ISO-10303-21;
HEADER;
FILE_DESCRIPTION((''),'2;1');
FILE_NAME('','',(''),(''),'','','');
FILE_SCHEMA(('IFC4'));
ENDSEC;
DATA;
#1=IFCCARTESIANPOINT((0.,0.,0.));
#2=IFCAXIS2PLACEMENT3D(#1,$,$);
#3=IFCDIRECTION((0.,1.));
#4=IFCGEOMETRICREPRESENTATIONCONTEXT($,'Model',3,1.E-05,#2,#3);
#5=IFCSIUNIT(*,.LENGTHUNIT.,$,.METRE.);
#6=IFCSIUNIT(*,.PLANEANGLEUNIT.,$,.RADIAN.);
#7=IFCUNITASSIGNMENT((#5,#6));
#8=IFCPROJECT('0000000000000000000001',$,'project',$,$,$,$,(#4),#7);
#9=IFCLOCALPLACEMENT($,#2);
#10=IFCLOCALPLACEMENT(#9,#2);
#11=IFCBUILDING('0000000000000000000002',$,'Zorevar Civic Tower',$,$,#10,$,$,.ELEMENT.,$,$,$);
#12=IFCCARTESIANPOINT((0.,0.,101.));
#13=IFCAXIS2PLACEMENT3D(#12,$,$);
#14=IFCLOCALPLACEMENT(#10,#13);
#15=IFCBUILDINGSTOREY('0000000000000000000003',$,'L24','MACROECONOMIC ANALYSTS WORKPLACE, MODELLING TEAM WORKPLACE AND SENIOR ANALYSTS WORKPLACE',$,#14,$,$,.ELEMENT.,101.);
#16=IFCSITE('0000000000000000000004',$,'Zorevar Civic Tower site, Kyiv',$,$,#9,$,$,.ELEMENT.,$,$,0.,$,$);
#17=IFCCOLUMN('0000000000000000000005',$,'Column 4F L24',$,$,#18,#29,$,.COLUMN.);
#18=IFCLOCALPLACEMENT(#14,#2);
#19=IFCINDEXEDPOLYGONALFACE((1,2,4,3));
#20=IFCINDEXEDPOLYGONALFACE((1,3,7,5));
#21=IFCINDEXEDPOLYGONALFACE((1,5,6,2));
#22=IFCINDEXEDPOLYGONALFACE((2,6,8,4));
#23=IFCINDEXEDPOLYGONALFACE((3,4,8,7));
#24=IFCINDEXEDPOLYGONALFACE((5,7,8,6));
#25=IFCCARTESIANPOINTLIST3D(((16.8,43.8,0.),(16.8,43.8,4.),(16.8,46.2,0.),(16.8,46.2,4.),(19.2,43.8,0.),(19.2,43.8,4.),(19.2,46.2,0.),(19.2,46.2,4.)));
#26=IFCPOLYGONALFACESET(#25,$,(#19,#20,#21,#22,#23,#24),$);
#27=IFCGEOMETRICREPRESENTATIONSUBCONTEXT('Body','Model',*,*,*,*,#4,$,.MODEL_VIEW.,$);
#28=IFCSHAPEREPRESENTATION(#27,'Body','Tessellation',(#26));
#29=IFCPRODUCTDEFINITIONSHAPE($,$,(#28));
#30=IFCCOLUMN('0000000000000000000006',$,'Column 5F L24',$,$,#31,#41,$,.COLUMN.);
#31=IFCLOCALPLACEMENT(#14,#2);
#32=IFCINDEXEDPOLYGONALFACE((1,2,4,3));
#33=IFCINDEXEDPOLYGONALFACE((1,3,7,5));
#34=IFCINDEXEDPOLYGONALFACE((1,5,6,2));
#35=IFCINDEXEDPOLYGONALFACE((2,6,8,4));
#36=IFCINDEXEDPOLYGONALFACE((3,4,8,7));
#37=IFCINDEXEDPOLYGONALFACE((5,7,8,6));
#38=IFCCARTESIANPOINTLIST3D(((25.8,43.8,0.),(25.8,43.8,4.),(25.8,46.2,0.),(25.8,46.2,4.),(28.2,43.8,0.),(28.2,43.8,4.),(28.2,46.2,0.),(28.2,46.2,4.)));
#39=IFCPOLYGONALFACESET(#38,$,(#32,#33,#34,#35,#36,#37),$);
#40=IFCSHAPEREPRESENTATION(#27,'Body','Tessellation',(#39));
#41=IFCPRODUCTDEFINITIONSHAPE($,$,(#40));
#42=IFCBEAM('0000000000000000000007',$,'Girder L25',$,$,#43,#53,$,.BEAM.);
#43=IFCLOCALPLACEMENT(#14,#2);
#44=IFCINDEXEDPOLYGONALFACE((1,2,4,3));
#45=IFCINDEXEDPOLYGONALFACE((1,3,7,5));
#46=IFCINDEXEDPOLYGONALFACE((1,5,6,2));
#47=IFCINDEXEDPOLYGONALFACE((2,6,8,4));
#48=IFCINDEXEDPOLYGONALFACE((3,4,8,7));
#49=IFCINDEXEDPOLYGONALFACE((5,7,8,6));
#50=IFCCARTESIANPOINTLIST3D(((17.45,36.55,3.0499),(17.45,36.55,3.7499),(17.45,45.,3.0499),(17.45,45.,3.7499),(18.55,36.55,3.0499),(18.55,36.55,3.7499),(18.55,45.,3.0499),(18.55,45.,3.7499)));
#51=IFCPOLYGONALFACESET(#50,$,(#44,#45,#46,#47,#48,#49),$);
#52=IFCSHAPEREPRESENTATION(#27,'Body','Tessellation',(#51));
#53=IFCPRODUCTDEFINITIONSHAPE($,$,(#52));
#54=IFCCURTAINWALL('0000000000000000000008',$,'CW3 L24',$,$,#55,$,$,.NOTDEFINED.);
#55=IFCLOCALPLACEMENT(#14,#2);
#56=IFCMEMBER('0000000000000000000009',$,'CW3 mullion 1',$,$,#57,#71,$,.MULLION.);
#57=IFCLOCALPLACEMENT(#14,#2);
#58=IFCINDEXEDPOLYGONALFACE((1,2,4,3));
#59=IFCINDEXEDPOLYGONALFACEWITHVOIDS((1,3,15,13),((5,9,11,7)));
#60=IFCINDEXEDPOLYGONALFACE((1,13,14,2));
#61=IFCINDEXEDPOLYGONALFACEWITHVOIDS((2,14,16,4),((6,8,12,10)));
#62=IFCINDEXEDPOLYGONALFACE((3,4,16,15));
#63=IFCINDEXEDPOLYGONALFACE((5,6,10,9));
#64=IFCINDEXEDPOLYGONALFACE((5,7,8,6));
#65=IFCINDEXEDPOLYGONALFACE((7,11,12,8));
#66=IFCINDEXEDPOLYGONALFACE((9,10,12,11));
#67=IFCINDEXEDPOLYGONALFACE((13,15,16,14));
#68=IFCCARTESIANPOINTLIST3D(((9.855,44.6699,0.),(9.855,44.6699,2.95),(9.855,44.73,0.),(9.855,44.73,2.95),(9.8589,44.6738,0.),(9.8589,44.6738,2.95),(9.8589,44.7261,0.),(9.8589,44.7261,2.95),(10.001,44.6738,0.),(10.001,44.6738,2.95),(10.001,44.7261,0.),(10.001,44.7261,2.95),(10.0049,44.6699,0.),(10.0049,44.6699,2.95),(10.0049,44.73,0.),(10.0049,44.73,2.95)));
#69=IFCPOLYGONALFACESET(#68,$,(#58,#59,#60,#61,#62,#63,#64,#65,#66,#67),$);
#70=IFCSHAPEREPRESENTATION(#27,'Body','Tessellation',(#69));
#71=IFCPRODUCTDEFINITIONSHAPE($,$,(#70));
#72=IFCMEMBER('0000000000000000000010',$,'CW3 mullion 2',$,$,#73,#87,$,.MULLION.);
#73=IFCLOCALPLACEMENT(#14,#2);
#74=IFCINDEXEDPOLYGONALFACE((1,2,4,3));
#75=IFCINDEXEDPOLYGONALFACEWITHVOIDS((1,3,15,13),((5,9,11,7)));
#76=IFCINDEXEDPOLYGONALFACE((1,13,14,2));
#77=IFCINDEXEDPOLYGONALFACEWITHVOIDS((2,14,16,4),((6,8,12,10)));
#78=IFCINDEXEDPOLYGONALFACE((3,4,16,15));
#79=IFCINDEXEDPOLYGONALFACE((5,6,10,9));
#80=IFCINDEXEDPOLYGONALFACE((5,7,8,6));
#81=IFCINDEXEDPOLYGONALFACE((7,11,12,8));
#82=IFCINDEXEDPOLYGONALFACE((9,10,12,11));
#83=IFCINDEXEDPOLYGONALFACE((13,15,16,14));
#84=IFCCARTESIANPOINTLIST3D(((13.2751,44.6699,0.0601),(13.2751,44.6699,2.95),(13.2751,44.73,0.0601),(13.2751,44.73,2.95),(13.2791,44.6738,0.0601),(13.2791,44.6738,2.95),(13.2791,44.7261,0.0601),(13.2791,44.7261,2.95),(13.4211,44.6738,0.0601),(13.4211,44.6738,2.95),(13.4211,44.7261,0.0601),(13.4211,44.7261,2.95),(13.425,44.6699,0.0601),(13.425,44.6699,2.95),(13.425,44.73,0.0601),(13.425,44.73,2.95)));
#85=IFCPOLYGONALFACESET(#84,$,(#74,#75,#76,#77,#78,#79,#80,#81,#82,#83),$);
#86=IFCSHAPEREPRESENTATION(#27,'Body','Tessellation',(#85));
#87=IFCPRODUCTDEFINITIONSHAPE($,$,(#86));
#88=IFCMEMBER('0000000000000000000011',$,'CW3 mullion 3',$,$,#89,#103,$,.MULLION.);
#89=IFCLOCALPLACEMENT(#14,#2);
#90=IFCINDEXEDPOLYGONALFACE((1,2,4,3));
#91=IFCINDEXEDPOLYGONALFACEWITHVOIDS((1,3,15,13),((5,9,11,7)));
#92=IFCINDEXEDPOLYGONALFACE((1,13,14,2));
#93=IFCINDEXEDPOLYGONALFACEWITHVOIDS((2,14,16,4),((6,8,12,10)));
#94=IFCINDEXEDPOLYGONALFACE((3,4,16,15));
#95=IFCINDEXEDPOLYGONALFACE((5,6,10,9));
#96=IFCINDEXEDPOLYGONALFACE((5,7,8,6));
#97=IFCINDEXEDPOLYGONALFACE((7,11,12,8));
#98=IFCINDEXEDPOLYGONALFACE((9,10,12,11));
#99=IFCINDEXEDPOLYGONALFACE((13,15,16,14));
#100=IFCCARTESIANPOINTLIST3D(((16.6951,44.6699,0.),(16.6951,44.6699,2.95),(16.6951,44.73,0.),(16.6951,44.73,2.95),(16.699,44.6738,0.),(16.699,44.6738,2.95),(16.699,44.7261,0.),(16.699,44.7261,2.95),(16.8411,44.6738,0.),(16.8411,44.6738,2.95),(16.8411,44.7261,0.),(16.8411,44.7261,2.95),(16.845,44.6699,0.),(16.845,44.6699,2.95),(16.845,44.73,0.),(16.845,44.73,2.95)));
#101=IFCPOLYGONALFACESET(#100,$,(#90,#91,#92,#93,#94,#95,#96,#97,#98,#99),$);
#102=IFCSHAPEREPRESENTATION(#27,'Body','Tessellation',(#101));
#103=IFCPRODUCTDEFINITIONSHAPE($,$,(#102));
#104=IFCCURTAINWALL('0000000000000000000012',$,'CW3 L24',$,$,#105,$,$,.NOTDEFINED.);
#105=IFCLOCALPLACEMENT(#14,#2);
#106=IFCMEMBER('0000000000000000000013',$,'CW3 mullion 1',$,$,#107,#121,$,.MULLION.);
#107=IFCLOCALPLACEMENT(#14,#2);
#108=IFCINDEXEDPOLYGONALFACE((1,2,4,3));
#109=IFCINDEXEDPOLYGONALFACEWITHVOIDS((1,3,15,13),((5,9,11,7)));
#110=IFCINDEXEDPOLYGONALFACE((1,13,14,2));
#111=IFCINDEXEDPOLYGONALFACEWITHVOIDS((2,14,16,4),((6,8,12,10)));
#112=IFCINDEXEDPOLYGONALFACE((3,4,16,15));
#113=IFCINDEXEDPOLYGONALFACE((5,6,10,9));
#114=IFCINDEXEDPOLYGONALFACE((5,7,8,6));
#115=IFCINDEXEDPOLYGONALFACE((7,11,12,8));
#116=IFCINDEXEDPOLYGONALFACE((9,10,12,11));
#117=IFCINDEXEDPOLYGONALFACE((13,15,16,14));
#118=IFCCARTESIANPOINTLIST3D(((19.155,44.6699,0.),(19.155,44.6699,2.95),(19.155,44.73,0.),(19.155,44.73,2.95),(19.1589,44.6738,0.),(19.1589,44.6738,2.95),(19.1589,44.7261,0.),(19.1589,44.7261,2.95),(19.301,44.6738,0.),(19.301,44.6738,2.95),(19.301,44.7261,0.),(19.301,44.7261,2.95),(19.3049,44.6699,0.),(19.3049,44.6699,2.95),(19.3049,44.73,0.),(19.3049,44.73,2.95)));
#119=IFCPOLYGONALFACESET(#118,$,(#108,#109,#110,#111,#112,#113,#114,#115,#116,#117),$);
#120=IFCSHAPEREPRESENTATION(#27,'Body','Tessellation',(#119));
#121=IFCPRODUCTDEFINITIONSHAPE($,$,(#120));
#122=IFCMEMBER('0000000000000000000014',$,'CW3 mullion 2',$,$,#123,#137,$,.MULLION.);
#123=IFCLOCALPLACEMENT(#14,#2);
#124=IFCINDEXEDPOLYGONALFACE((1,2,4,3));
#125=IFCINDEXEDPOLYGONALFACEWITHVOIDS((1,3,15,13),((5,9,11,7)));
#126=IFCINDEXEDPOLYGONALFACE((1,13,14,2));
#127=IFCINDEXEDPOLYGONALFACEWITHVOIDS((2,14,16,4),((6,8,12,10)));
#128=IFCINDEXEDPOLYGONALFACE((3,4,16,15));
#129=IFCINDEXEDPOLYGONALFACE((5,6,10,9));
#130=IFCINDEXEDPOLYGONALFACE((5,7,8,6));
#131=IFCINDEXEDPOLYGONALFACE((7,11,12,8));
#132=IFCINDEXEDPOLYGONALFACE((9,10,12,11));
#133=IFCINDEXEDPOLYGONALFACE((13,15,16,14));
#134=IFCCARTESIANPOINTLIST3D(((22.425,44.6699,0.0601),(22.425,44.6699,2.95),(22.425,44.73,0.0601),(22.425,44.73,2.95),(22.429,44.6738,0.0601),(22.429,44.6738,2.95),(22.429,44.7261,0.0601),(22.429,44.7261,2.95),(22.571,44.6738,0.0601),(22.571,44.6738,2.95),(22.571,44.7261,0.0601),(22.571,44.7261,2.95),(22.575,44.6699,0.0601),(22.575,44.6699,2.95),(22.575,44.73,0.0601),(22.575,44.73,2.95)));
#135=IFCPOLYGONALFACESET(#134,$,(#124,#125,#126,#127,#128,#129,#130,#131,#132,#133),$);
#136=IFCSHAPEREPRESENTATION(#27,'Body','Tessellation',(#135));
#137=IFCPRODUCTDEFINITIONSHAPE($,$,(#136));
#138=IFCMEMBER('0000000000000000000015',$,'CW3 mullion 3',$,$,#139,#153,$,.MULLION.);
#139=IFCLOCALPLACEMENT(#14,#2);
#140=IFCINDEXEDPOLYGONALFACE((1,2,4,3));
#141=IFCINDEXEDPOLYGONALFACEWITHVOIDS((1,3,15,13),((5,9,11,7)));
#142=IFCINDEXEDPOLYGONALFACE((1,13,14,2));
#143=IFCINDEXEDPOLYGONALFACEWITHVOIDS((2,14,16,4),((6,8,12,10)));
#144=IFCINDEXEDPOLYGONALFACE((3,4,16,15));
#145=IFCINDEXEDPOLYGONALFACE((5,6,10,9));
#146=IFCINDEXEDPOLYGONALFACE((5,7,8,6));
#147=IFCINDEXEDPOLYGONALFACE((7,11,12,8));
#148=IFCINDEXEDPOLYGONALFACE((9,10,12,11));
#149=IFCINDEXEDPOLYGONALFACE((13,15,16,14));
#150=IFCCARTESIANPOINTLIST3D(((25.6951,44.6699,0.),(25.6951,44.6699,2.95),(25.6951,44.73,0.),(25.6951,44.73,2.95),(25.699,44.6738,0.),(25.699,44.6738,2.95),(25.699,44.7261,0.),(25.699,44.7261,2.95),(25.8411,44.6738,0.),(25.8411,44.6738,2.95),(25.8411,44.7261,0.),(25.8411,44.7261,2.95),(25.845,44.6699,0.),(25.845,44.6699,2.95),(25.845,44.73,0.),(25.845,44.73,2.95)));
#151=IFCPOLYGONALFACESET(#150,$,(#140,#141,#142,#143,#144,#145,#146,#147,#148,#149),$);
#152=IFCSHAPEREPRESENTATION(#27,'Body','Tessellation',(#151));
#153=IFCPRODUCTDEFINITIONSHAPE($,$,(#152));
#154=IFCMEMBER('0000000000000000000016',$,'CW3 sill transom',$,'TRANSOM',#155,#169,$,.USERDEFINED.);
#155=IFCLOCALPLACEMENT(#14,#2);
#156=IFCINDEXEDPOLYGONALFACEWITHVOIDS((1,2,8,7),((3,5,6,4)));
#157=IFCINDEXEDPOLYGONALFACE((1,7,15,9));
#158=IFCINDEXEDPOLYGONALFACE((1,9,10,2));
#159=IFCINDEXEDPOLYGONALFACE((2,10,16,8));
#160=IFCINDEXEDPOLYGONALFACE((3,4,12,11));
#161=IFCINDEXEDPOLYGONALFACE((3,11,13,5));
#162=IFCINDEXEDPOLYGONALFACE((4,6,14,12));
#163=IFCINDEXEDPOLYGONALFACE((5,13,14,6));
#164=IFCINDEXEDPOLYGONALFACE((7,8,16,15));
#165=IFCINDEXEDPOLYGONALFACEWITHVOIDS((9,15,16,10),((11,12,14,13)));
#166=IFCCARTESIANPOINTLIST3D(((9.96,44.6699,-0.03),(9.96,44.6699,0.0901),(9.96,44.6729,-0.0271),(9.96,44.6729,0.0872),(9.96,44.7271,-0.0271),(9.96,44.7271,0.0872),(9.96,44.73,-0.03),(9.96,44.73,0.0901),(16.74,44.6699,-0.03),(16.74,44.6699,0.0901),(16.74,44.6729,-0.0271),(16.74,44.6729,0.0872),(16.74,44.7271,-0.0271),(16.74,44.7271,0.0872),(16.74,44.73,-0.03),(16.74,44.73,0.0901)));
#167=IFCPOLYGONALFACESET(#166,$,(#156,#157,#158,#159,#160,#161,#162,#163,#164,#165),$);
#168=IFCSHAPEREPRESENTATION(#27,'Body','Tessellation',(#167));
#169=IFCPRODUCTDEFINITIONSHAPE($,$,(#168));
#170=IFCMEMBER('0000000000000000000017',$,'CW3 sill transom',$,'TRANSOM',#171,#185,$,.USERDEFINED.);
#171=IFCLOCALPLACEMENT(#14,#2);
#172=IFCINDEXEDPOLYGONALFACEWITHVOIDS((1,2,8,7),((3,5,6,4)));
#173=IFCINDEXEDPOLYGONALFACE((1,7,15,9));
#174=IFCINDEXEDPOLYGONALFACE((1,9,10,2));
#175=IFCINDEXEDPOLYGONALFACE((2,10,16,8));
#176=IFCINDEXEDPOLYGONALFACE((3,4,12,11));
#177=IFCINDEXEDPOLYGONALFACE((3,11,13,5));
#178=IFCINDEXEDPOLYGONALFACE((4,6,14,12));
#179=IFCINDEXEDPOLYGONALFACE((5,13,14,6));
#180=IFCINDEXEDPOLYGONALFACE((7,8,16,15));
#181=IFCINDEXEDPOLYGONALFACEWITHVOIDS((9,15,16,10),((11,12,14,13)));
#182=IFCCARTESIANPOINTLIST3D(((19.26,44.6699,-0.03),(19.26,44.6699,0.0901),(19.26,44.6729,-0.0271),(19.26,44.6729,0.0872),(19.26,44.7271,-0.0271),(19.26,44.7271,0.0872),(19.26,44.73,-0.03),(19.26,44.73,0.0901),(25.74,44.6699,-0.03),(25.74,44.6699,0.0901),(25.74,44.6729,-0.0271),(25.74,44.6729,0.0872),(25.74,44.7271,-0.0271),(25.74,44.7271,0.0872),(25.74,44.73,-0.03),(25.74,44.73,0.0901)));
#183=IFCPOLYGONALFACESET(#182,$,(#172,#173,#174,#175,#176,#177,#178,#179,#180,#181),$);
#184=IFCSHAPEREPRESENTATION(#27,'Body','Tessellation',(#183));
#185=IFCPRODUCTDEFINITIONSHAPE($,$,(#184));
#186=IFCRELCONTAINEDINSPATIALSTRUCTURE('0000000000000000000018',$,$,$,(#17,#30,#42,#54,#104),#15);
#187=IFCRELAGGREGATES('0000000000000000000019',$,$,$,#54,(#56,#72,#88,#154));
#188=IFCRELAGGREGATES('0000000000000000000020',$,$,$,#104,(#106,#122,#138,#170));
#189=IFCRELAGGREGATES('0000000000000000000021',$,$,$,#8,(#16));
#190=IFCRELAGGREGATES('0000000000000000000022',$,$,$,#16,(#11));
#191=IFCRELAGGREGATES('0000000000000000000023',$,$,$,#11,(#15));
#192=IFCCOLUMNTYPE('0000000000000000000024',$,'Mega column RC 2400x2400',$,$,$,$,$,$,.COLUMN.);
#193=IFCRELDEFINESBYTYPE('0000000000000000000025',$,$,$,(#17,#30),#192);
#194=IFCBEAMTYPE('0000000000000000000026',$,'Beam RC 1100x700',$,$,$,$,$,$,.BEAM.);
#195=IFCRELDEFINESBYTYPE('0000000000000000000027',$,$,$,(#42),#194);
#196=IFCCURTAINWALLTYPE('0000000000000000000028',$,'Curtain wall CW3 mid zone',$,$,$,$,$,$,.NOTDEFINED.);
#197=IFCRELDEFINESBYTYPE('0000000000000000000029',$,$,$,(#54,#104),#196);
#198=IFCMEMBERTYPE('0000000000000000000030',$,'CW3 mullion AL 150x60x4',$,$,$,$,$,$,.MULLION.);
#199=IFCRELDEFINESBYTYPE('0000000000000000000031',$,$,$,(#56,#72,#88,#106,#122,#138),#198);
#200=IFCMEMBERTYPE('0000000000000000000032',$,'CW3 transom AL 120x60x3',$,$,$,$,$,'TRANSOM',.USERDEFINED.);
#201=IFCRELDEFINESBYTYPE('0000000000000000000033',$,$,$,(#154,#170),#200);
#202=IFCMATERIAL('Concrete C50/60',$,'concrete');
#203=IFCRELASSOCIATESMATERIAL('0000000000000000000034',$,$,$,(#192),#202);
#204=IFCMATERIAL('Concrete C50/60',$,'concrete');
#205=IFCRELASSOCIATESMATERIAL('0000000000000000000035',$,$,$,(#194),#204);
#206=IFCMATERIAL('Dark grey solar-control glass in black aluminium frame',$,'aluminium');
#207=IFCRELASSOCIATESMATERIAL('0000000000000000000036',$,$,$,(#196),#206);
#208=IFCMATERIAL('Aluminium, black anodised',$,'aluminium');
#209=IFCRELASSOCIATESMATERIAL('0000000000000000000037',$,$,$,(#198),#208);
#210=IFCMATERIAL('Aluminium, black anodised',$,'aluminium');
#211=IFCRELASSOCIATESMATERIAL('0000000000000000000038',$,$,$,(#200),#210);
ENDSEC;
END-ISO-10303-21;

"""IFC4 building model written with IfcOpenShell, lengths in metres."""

from ifc_helpers import new_model, si_unit, direction, frame, origin, origin_2d, place, context, subcontext, project, spatial, rectangle, hollow_rectangle, extrude, material, material_profile, profile_set, type_object, element, aggregate, save


model = new_model("IFC4")

# Units and contexts
model_context = context("Model", 3, precision=1e-05, world=origin(), true_north=direction((0.0, 1.0)))
body_context = subcontext(model_context, "Body", "Model", "MODEL_VIEW")
ifc_project = project(units=[si_unit("LENGTHUNIT", "METRE"), si_unit("PLANEANGLEUNIT", "RADIAN")], contexts=[model_context])

# Site, building, storey
site_placement = place(None, origin())
site = spatial("IfcSite", under=ifc_project, at=site_placement, Name="Zorevar Civic Tower site, Kyiv", CompositionType="ELEMENT", RefElevation=0.0)
building_placement = place(site_placement, origin())
building = spatial("IfcBuilding", under=site, at=building_placement, Name="Zorevar Civic Tower", CompositionType="ELEMENT")
storey_placement = place(building_placement, frame((0.0, 0.0, 101.0)))
storey = spatial("IfcBuildingStorey", under=building, at=storey_placement, Name="L24", Description="MACROECONOMIC ANALYSTS WORKPLACE, MODELLING TEAM WORKPLACE AND SENIOR ANALYSTS WORKPLACE", CompositionType="ELEMENT", Elevation=101.0)

# Columns
ifc_material_1 = material(Name="Concrete C50/60", Category="concrete")
ifc_material_profile_1 = material_profile(ifc_material_1, rectangle(XDim=2.3999, YDim=2.3999, at=origin_2d()), Name="RC 2400x2400")
ifc_profile_set_1 = profile_set([ifc_material_profile_1], Name="Concrete C50/60")
column_type = type_object("IfcColumnType", Name="Mega column RC 2400x2400", PredefinedType="COLUMN", material=ifc_profile_set_1)
for number, where, z_axis, x_axis, name in (
    (1, (18.0, 45.0, 0.0), (0.0, 0.0, 1.0), (1.0, 0.0, 0.0), "Column 4F L24"),
    (2, (27.0, 45.0, 0.0), (0.0, 0.0, 1.0), (1.0, 0.0, 0.0), "Column 5F L24"),
):
    element("IfcColumn", number, at=place(storey_placement, frame(where, z_axis=z_axis, x_axis=x_axis)), inside=storey, type_object=column_type, Name=name, PredefinedType="COLUMN", context=body_context, shape_type="SweptSolid", body=[
        extrude(rectangle(XDim=2.3999, YDim=2.3999, at=origin_2d()), origin(), (0.0, 0.0, 1.0), 4.0),
    ])

# Beam
ifc_material_2 = material(Name="Concrete C50/60", Category="concrete")
ifc_material_profile_2 = material_profile(ifc_material_2, rectangle(XDim=1.1001, YDim=0.7, at=origin_2d()), Name="RC 1100x700")
ifc_profile_set_2 = profile_set([ifc_material_profile_2], Name="Concrete C50/60")
beam_type_1 = type_object("IfcBeamType", Name="Beam RC 1100x700", PredefinedType="BEAM", material=ifc_profile_set_2)
beam_1_placement = place(storey_placement, frame((18.0, 36.55, 3.3999), z_axis=(0.0, 1.0, 0.0), x_axis=(-1.0, 0.0, 0.0)))
element("IfcBeam", 3, at=beam_1_placement, inside=storey, type_object=beam_type_1, Name="Girder L25", PredefinedType="BEAM", context=body_context, shape_type="SweptSolid", body=[
    extrude(rectangle(XDim=1.1001, YDim=0.7, at=origin_2d()), origin(), (0.0, 0.0, 1.0), 8.45),
])

# Curtain walls, members
ifc_material_3 = material(Name="Dark grey solar-control glass in black aluminium frame", Category="aluminium")
curtain_wall_type = type_object("IfcCurtainWallType", Name="Curtain wall CW3 mid zone", PredefinedType="NOTDEFINED", material=ifc_material_3)
curtain_wall_1_placement = place(storey_placement, origin())
curtain_wall_1 = element("IfcCurtainWall", 4, at=curtain_wall_1_placement, inside=storey, type_object=curtain_wall_type, Name="CW3 L24", PredefinedType="NOTDEFINED")
ifc_material_4 = material(Name="Aluminium, black anodised", Category="aluminium")
ifc_material_profile_3 = material_profile(ifc_material_4, hollow_rectangle(XDim=0.0601, YDim=0.1499, WallThickness=0.0039, at=origin_2d()), Name="AL 150x60x4")
ifc_profile_set_3 = profile_set([ifc_material_profile_3], Name="Aluminium, black anodised")
member_type_1 = type_object("IfcMemberType", Name="CW3 mullion AL 150x60x4", PredefinedType="MULLION", material=ifc_profile_set_3)
member_1_placement = place(storey_placement, frame((9.9299, 44.7, 0.0), z_axis=(0.0, 0.0, 1.0), x_axis=(0.0, 1.0, 0.0)))
member_1 = element("IfcMember", 5, at=member_1_placement, type_object=member_type_1, Name="CW3 mullion 1", PredefinedType="MULLION", context=body_context, shape_type="SweptSolid", body=[
    extrude(hollow_rectangle(XDim=0.0601, YDim=0.1499, WallThickness=0.0039, at=origin_2d()), origin(), (0.0, 0.0, 1.0), 2.95),
])
member_2_placement = place(storey_placement, frame((13.3501, 44.7, 0.0601), z_axis=(0.0, 0.0, 1.0), x_axis=(0.0, 1.0, 0.0)))
member_2 = element("IfcMember", 6, at=member_2_placement, type_object=member_type_1, Name="CW3 mullion 2", PredefinedType="MULLION", context=body_context, shape_type="SweptSolid", body=[
    extrude(hollow_rectangle(XDim=0.0601, YDim=0.1499, WallThickness=0.0039, at=origin_2d()), origin(), (0.0, 0.0, 1.0), 2.8899),
])
member_3_placement = place(storey_placement, frame((16.77, 44.7, 0.0), z_axis=(0.0, 0.0, 1.0), x_axis=(0.0, 1.0, 0.0)))
member_3 = element("IfcMember", 7, at=member_3_placement, type_object=member_type_1, Name="CW3 mullion 3", PredefinedType="MULLION", context=body_context, shape_type="SweptSolid", body=[
    extrude(hollow_rectangle(XDim=0.0601, YDim=0.1499, WallThickness=0.0039, at=origin_2d()), origin(), (0.0, 0.0, 1.0), 2.95),
])
curtain_wall_2_placement = place(storey_placement, origin())
curtain_wall_2 = element("IfcCurtainWall", 8, at=curtain_wall_2_placement, inside=storey, type_object=curtain_wall_type, Name="CW3 L24", PredefinedType="NOTDEFINED")
member_4_placement = place(storey_placement, frame((19.23, 44.7, 0.0), z_axis=(0.0, 0.0, 1.0), x_axis=(0.0, 1.0, 0.0)))
member_4 = element("IfcMember", 9, at=member_4_placement, type_object=member_type_1, Name="CW3 mullion 1", PredefinedType="MULLION", context=body_context, shape_type="SweptSolid", body=[
    extrude(hollow_rectangle(XDim=0.0601, YDim=0.1499, WallThickness=0.0039, at=origin_2d()), origin(), (0.0, 0.0, 1.0), 2.95),
])
member_5_placement = place(storey_placement, frame((22.5, 44.7, 0.0601), z_axis=(0.0, 0.0, 1.0), x_axis=(0.0, 1.0, 0.0)))
member_5 = element("IfcMember", 10, at=member_5_placement, type_object=member_type_1, Name="CW3 mullion 2", PredefinedType="MULLION", context=body_context, shape_type="SweptSolid", body=[
    extrude(hollow_rectangle(XDim=0.0601, YDim=0.1499, WallThickness=0.0039, at=origin_2d()), origin(), (0.0, 0.0, 1.0), 2.8899),
])
member_6_placement = place(storey_placement, frame((25.77, 44.7, 0.0), z_axis=(0.0, 0.0, 1.0), x_axis=(0.0, 1.0, 0.0)))
member_6 = element("IfcMember", 11, at=member_6_placement, type_object=member_type_1, Name="CW3 mullion 3", PredefinedType="MULLION", context=body_context, shape_type="SweptSolid", body=[
    extrude(hollow_rectangle(XDim=0.0601, YDim=0.1499, WallThickness=0.0039, at=origin_2d()), origin(), (0.0, 0.0, 1.0), 2.95),
])

# Members
ifc_material_5 = material(Name="Aluminium, black anodised", Category="aluminium")
ifc_material_profile_4 = material_profile(ifc_material_5, hollow_rectangle(XDim=0.0601, YDim=0.1201, WallThickness=0.0029, at=origin_2d()), Name="AL 120x60x3")
ifc_profile_set_4 = profile_set([ifc_material_profile_4], Name="Aluminium, black anodised")
member_type_2 = type_object("IfcMemberType", Name="CW3 transom AL 120x60x3", ElementType="TRANSOM", PredefinedType="USERDEFINED", material=ifc_profile_set_4)
member_7_placement = place(storey_placement, frame((9.96, 44.7, 0.03), z_axis=(1.0, 0.0, 0.0), x_axis=(0.0, 1.0, 0.0)))
member_7 = element("IfcMember", 12, at=member_7_placement, type_object=member_type_2, Name="CW3 sill transom", ObjectType="TRANSOM", PredefinedType="USERDEFINED", context=body_context, shape_type="SweptSolid", body=[
    extrude(hollow_rectangle(XDim=0.0601, YDim=0.1201, WallThickness=0.0029, at=origin_2d()), origin(), (0.0, 0.0, 1.0), 6.78),
])
member_8_placement = place(storey_placement, frame((19.26, 44.7, 0.03), z_axis=(1.0, 0.0, 0.0), x_axis=(0.0, 1.0, 0.0)))
member_8 = element("IfcMember", 13, at=member_8_placement, type_object=member_type_2, Name="CW3 sill transom", ObjectType="TRANSOM", PredefinedType="USERDEFINED", context=body_context, shape_type="SweptSolid", body=[
    extrude(hollow_rectangle(XDim=0.0601, YDim=0.1201, WallThickness=0.0029, at=origin_2d()), origin(), (0.0, 0.0, 1.0), 6.48),
])

aggregate(curtain_wall_1, [member_1, member_2, member_3, member_7])
aggregate(curtain_wall_2, [member_4, member_5, member_6, member_8])

save(model, "model.ifc")
